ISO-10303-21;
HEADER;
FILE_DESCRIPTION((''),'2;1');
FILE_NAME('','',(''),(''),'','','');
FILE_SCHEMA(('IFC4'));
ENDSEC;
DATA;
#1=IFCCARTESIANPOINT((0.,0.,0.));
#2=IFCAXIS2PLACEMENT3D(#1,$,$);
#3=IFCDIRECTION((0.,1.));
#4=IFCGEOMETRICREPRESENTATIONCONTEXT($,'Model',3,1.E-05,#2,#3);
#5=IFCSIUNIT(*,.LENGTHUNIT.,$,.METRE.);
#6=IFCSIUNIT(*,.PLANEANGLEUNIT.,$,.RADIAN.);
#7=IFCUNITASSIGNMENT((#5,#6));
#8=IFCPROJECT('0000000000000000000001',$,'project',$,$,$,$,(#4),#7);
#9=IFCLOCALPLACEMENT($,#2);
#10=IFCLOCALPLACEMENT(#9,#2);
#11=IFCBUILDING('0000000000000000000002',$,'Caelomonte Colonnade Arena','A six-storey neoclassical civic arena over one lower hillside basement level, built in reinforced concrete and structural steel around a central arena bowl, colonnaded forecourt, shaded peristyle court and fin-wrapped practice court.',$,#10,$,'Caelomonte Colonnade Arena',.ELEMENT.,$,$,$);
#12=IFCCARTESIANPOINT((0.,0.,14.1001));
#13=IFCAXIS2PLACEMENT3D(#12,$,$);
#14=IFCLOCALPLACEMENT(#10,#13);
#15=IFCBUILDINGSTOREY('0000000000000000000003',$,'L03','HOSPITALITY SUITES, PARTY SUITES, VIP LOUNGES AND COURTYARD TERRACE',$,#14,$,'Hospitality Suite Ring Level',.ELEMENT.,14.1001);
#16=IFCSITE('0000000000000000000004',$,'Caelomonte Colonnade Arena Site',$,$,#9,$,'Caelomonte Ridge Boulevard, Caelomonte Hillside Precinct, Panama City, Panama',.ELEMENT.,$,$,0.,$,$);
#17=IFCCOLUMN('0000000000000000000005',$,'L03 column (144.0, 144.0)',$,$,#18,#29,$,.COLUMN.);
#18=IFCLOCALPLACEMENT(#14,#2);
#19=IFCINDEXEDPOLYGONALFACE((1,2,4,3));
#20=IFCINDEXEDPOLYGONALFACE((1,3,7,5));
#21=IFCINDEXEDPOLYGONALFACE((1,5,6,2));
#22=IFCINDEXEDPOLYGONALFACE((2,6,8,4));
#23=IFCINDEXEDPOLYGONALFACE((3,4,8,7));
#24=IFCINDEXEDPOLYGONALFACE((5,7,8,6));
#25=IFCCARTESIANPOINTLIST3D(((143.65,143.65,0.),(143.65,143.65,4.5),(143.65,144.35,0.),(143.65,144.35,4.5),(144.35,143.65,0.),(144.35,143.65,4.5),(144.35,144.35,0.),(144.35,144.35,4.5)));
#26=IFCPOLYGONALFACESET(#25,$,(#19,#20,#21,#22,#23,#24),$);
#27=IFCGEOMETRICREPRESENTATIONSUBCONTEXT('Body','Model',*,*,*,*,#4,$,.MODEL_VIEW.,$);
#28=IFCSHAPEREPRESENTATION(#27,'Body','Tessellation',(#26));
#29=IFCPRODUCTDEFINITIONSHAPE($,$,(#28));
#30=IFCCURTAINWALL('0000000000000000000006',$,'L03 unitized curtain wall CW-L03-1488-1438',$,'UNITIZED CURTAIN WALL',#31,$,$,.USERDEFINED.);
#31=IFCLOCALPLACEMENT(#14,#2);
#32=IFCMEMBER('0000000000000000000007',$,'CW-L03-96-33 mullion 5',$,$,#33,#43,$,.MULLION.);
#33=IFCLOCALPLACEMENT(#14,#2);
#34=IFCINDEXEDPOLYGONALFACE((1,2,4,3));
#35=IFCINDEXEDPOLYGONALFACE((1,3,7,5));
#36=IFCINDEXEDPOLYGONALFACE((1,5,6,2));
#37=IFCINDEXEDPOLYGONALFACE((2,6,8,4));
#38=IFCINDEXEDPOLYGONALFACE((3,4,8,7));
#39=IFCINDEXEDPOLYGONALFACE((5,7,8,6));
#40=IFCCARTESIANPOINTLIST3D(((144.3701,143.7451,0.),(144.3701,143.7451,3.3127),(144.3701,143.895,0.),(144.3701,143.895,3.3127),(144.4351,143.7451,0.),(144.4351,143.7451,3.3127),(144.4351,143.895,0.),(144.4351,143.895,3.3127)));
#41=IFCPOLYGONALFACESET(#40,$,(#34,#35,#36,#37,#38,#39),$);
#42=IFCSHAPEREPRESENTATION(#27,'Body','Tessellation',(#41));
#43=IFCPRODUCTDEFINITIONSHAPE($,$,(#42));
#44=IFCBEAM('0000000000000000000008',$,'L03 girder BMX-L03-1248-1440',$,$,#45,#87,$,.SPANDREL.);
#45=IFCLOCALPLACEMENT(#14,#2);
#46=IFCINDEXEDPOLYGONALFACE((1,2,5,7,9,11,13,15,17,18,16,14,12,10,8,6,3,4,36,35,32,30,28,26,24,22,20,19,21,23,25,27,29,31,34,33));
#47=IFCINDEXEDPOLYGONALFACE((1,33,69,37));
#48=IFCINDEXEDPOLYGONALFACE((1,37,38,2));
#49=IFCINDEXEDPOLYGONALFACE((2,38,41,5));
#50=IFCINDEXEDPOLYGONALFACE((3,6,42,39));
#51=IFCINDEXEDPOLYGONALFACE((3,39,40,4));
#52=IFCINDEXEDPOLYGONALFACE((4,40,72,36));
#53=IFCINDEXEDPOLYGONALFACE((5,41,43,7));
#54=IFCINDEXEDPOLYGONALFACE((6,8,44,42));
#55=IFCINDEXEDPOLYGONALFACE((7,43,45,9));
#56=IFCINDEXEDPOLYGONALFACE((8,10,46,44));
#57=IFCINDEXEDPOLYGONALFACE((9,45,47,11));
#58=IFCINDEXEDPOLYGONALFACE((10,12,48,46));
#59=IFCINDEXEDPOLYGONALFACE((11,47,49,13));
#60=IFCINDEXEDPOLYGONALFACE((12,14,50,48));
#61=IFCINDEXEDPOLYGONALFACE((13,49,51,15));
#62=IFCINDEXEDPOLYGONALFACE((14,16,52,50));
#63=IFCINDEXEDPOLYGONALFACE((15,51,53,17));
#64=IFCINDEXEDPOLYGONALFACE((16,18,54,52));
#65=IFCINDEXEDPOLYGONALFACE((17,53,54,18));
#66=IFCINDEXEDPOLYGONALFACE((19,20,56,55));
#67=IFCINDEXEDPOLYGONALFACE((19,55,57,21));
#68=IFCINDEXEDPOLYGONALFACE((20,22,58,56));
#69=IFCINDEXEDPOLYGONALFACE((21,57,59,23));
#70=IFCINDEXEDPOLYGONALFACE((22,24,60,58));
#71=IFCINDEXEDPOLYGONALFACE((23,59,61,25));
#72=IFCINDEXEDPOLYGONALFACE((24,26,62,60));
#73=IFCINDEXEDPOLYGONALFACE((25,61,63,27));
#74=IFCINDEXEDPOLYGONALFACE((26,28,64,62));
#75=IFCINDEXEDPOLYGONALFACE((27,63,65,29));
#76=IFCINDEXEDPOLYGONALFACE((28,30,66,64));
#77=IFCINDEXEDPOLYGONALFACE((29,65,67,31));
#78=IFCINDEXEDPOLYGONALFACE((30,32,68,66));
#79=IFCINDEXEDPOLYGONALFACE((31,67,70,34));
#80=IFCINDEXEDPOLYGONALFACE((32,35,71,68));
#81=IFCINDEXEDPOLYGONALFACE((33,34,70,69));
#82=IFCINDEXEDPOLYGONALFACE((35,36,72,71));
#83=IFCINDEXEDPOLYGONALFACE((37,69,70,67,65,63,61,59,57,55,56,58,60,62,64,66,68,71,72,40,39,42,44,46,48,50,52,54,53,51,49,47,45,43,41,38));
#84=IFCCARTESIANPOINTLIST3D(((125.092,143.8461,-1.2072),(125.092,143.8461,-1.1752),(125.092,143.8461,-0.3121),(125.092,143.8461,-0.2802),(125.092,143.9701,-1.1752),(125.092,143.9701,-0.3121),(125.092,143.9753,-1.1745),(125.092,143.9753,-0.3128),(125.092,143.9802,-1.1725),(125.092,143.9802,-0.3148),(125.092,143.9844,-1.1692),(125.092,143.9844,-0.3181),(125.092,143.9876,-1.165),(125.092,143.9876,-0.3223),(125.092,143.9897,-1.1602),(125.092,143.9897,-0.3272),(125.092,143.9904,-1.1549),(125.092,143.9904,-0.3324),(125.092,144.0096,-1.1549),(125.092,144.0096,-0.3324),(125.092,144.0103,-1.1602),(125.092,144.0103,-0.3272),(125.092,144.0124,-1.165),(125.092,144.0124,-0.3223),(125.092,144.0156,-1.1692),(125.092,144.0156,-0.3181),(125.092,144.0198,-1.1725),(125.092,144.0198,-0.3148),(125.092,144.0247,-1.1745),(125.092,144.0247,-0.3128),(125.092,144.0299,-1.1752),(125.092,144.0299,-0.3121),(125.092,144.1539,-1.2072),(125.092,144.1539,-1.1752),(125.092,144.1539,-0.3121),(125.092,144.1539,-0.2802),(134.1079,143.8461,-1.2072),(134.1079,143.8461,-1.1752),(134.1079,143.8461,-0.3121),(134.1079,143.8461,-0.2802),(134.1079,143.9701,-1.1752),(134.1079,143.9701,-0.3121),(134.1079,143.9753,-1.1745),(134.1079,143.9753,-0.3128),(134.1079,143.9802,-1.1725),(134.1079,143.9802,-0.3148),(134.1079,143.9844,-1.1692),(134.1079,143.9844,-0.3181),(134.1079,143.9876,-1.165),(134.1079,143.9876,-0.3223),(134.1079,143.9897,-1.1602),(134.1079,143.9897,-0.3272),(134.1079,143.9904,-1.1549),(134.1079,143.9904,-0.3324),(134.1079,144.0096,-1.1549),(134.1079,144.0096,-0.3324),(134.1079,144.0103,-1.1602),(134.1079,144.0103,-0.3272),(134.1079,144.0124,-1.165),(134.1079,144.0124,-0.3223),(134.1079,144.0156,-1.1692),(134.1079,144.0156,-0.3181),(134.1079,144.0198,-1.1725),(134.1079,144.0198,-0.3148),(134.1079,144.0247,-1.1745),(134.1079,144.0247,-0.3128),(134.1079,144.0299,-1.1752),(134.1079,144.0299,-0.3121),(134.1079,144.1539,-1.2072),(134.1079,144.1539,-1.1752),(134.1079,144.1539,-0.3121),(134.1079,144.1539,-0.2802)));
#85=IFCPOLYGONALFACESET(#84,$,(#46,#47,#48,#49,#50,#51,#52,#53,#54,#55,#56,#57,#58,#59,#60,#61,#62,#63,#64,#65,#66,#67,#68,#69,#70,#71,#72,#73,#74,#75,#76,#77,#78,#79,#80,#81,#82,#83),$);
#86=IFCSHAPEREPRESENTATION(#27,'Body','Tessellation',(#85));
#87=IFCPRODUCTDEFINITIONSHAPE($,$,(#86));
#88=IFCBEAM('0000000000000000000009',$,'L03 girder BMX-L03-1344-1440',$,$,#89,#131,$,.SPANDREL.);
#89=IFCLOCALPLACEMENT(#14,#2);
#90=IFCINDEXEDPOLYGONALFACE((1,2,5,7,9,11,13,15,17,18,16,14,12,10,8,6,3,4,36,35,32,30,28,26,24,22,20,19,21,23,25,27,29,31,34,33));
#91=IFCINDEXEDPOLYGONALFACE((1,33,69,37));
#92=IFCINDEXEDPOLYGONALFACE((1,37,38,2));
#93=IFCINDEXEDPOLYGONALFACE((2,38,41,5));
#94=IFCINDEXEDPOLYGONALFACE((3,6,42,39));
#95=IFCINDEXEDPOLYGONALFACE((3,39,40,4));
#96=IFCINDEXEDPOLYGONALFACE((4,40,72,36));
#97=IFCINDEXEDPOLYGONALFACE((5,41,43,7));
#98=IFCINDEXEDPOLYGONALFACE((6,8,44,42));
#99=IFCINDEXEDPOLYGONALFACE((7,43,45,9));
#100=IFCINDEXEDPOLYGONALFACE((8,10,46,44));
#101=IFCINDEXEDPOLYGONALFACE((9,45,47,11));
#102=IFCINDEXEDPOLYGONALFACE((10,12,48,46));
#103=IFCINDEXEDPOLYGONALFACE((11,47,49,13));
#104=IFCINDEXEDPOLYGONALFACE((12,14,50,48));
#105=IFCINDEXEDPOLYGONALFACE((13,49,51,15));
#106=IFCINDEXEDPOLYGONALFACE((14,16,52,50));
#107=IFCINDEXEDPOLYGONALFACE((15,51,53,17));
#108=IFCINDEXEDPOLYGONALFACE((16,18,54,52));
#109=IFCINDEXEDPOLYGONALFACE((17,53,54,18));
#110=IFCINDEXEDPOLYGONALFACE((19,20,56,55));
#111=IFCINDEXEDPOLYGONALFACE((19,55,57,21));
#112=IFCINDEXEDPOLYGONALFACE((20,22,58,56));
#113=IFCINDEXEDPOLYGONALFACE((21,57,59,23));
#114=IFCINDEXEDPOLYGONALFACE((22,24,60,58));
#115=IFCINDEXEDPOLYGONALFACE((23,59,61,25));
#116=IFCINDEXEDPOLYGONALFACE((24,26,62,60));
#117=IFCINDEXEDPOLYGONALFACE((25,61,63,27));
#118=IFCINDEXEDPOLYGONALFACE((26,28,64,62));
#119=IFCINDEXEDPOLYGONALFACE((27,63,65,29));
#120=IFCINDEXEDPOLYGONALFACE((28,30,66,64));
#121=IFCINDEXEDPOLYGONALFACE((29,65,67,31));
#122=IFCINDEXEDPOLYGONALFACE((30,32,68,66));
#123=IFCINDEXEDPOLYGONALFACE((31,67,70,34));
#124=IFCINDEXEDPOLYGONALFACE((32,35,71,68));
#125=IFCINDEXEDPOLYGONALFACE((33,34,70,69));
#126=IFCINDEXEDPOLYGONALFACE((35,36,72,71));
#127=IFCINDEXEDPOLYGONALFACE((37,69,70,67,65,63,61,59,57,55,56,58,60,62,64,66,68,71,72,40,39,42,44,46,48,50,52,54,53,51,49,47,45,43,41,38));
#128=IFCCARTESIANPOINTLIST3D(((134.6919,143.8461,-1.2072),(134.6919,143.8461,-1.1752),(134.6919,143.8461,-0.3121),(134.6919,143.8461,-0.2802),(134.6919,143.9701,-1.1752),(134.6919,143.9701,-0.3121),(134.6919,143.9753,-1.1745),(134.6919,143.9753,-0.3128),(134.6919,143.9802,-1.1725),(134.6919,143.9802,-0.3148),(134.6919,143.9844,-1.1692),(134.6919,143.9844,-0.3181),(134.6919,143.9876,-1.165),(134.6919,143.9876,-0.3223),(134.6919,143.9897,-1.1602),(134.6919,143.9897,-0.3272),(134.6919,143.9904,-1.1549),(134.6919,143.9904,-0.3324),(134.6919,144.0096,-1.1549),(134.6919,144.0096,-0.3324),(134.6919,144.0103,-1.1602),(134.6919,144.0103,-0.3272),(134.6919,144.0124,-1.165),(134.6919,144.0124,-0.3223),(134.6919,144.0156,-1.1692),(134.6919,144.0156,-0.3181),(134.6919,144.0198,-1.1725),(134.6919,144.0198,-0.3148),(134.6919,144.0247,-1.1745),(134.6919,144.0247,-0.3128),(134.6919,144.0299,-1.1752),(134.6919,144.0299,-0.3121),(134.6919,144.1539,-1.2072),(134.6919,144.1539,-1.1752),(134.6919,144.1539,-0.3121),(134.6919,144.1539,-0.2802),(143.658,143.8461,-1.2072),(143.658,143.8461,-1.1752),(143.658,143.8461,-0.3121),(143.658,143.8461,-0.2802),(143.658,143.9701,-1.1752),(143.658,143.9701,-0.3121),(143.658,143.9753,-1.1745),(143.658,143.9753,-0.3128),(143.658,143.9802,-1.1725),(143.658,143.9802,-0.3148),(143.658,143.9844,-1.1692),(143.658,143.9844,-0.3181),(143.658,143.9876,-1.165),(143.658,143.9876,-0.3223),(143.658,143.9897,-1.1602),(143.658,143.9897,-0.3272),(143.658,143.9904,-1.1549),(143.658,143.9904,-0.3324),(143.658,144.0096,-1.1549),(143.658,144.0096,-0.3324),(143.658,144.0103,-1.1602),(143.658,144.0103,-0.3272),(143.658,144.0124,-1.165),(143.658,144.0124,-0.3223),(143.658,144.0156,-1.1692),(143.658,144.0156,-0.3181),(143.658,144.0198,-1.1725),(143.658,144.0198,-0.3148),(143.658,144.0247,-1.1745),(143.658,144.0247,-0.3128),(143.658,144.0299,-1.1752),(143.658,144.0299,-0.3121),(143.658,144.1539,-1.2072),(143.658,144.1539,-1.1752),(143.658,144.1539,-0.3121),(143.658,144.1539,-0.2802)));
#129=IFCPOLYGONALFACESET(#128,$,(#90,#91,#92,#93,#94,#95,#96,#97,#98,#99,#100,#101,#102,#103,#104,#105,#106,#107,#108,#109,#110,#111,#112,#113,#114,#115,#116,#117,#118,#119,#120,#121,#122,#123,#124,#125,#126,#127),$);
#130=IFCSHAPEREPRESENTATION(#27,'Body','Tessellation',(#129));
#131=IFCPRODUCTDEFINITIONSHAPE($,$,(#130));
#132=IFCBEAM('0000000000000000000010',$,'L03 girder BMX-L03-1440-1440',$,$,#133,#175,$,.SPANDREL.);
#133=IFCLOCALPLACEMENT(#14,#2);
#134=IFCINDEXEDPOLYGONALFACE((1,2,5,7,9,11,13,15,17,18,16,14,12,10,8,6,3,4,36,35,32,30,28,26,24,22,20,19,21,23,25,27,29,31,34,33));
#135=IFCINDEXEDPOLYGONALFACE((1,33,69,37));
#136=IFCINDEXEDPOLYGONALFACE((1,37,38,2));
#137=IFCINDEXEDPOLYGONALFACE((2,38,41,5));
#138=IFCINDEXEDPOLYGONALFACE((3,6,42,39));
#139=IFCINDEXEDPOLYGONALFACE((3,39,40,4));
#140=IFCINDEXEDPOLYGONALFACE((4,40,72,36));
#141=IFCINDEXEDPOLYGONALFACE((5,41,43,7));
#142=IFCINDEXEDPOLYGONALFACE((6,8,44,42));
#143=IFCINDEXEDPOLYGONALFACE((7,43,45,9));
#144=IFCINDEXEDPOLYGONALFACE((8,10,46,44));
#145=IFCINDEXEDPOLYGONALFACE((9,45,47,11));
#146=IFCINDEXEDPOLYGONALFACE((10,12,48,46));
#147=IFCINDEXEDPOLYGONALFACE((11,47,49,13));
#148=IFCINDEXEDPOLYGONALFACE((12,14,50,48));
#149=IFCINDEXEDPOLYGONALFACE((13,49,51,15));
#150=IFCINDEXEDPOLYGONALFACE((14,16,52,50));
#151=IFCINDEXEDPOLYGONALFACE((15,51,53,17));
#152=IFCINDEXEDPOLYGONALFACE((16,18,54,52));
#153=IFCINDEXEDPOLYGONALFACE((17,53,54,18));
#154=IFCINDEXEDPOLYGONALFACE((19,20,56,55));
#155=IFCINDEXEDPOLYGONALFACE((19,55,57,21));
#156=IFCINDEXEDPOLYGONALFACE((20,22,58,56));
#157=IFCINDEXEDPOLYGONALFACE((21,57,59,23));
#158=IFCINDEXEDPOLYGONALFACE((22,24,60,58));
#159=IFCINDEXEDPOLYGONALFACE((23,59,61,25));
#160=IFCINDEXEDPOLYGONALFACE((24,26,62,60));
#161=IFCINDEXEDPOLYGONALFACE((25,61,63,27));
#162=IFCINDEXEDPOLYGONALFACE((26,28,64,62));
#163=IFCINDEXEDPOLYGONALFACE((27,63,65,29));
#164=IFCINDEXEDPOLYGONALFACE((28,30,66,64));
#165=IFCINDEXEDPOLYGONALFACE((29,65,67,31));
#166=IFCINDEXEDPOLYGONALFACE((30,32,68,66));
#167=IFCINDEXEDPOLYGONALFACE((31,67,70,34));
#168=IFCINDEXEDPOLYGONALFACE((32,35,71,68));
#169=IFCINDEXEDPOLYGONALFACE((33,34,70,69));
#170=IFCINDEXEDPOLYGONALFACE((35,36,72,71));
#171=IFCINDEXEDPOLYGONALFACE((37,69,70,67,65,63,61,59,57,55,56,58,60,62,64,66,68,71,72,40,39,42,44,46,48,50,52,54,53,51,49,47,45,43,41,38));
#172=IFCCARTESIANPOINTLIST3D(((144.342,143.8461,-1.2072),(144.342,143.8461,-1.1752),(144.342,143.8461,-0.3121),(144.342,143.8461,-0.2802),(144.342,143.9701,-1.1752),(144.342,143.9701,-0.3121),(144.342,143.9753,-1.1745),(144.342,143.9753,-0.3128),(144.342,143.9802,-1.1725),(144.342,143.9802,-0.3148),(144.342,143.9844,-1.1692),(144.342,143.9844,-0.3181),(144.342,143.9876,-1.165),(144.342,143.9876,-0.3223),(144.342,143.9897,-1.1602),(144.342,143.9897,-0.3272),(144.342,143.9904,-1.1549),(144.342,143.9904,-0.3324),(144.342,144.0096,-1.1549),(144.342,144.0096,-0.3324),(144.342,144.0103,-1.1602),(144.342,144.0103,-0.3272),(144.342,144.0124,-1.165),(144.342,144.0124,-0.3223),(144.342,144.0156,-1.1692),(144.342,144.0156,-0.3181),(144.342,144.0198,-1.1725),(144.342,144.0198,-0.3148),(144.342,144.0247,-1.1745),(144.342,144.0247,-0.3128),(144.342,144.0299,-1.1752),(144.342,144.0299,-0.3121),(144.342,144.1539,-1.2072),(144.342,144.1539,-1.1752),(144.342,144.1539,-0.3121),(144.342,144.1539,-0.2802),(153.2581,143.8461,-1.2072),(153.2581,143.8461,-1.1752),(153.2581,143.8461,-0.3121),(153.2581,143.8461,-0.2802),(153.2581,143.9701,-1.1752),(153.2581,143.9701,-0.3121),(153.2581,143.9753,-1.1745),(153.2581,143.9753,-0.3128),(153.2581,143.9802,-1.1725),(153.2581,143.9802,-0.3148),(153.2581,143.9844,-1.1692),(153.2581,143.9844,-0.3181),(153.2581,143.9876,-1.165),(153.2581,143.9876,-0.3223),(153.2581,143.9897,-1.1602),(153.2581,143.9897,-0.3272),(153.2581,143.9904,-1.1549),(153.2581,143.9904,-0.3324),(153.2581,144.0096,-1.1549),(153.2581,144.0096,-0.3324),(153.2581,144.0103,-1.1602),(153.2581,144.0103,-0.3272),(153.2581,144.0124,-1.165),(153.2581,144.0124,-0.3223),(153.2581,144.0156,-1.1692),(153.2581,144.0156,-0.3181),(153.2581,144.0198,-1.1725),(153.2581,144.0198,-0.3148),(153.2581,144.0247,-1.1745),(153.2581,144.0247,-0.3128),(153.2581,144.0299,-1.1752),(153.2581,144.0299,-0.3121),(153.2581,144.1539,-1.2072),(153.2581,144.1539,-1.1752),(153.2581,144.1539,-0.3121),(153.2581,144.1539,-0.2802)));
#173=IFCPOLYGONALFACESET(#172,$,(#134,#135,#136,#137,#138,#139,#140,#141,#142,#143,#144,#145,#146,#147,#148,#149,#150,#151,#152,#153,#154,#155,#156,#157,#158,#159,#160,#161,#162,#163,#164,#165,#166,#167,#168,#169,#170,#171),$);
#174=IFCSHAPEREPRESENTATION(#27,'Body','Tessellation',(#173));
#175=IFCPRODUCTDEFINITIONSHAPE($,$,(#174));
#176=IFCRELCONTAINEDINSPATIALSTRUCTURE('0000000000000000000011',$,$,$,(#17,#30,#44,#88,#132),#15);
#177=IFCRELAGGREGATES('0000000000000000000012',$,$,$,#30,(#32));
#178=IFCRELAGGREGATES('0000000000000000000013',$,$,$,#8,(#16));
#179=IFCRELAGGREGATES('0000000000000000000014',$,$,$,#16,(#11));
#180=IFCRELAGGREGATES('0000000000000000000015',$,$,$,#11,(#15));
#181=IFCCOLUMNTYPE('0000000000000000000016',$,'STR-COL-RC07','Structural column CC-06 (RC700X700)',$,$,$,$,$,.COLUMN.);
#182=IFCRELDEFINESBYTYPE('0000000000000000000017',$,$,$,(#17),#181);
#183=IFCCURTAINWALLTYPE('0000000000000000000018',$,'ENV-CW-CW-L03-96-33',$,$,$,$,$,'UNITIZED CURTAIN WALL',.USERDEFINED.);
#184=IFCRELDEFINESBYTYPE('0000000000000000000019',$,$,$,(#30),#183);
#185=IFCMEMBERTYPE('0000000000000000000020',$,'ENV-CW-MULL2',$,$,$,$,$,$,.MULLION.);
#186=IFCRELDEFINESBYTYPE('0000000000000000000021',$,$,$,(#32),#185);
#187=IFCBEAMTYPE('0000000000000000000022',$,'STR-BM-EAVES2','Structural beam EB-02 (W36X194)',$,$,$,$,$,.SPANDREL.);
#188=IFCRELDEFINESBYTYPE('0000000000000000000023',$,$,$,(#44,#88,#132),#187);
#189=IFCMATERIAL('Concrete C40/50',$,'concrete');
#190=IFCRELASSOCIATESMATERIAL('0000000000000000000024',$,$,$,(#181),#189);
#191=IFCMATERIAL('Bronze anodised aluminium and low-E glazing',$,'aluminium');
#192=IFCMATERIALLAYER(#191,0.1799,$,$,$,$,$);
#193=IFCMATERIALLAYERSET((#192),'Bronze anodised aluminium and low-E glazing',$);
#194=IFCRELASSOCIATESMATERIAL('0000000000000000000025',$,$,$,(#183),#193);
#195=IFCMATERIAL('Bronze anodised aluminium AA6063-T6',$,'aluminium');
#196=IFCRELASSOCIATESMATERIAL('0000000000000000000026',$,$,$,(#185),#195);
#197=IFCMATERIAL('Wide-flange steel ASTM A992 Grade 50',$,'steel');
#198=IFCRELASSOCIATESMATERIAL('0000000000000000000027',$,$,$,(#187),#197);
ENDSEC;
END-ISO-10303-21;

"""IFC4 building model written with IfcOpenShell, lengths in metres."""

from ifc_helpers import new_model, si_unit, direction, frame, origin, origin_2d, place, context, subcontext, project, spatial, rectangle, i_section, extrude, material, layer, layer_set, material_profile, profile_set, type_object, element, aggregate, save


model = new_model("IFC4")

# Units and contexts
model_context = context("Model", 3, precision=1e-05, world=origin(), true_north=direction((0.0, 1.0)))
body_context = subcontext(model_context, "Body", "Model", "MODEL_VIEW")
ifc_project = project(units=[si_unit("LENGTHUNIT", "METRE"), si_unit("PLANEANGLEUNIT", "RADIAN")], contexts=[model_context])

# Site, building, storey
site_placement = place(None, origin())
site = spatial("IfcSite", under=ifc_project, at=site_placement, Name="Caelomonte Colonnade Arena Site", LongName="Caelomonte Ridge Boulevard, Caelomonte Hillside Precinct, Panama City, Panama", CompositionType="ELEMENT", RefElevation=0.0)
building_placement = place(site_placement, origin())
building = spatial("IfcBuilding", under=site, at=building_placement, Name="Caelomonte Colonnade Arena", Description="A six-storey neoclassical civic arena over one lower hillside basement level, built in reinforced concrete and structural steel around a central arena bowl, colonnaded forecourt, shaded peristyle court and fin-wrapped practice court.", LongName="Caelomonte Colonnade Arena", CompositionType="ELEMENT")
storey_placement = place(building_placement, frame((0.0, 0.0, 14.1001)))
storey = spatial("IfcBuildingStorey", under=building, at=storey_placement, Name="L03", Description="HOSPITALITY SUITES, PARTY SUITES, VIP LOUNGES AND COURTYARD TERRACE", LongName="Hospitality Suite Ring Level", CompositionType="ELEMENT", Elevation=14.1001)

# Column
ifc_material_1 = material(Name="Concrete C40/50", Category="concrete")
ifc_material_profile_1 = material_profile(ifc_material_1, rectangle(XDim=0.7, YDim=0.7, at=origin_2d()), Name="RC700X700")
ifc_profile_set_1 = profile_set([ifc_material_profile_1], Name="Concrete C40/50")
column_type = type_object("IfcColumnType", Name="STR-COL-RC07", Description="Structural column CC-06 (RC700X700)", PredefinedType="COLUMN", material=ifc_profile_set_1)
column_placement = place(storey_placement, frame((144.0, 144.0, 0.0), z_axis=(0.0, 0.0, 1.0), x_axis=(1.0, 0.0, 0.0)))
element("IfcColumn", 1, at=column_placement, inside=storey, type_object=column_type, Name="L03 column (144.0, 144.0)", PredefinedType="COLUMN", context=body_context, shape_type="SweptSolid", body=[
    extrude(rectangle(XDim=0.7, YDim=0.7, at=origin_2d()), origin(), (0.0, 0.0, 1.0), 4.5),
])

# Curtain wall, member
ifc_material_2 = material(Name="Bronze anodised aluminium and low-E glazing", Category="aluminium")
ifc_layer_1 = layer(ifc_material_2, 0.1799)
ifc_layer_set_1 = layer_set([ifc_layer_1], Name="Bronze anodised aluminium and low-E glazing")
curtain_wall_type = type_object("IfcCurtainWallType", Name="ENV-CW-CW-L03-96-33", ElementType="UNITIZED CURTAIN WALL", PredefinedType="USERDEFINED", material=ifc_layer_set_1)
curtain_wall_placement = place(storey_placement, origin())
curtain_wall = element("IfcCurtainWall", 2, at=curtain_wall_placement, inside=storey, type_object=curtain_wall_type, Name="L03 unitized curtain wall CW-L03-1488-1438", ObjectType="UNITIZED CURTAIN WALL", PredefinedType="USERDEFINED")
ifc_material_3 = material(Name="Bronze anodised aluminium AA6063-T6", Category="aluminium")
ifc_material_profile_2 = material_profile(ifc_material_3, rectangle(XDim=0.0649, YDim=0.1499, at=origin_2d()), Name="CWM-65X150")
ifc_profile_set_2 = profile_set([ifc_material_profile_2], Name="Bronze anodised aluminium AA6063-T6")
member_type = type_object("IfcMemberType", Name="ENV-CW-MULL2", PredefinedType="MULLION", material=ifc_profile_set_2)
member_placement = place(storey_placement, frame((144.4026, 143.8201, 0.0), z_axis=(0.0, 0.0, 1.0), x_axis=(-1.0, 0.0, 0.0)))
member = element("IfcMember", 3, at=member_placement, type_object=member_type, Name="CW-L03-96-33 mullion 5", PredefinedType="MULLION", context=body_context, shape_type="SweptSolid", body=[
    extrude(rectangle(XDim=0.0649, YDim=0.1499, at=origin_2d()), origin(), (0.0, 0.0, 1.0), 3.3127),
])

# Beams
ifc_material_4 = material(Name="Wide-flange steel ASTM A992 Grade 50", Category="steel")
ifc_material_profile_3 = material_profile(ifc_material_4, i_section(OverallWidth=0.3079, OverallDepth=0.927, WebThickness=0.0193, FlangeThickness=0.032, FilletRadius=0.0203, at=origin_2d()), Name="W36X194")
ifc_profile_set_3 = profile_set([ifc_material_profile_3], Name="Wide-flange steel ASTM A992 Grade 50")
beam_type_1 = type_object("IfcBeamType", Name="STR-BM-EAVES2", Description="Structural beam EB-02 (W36X194)", PredefinedType="SPANDREL", material=ifc_profile_set_3)
beam_1_placement = place(storey_placement, frame((125.092, 144.0, -0.7437), z_axis=(1.0, 0.0, 0.0), x_axis=(0.0, 1.0, 0.0)))
element("IfcBeam", 4, at=beam_1_placement, inside=storey, type_object=beam_type_1, Name="L03 girder BMX-L03-1248-1440", PredefinedType="SPANDREL", context=body_context, shape_type="SweptSolid", body=[
    extrude(i_section(OverallWidth=0.3079, OverallDepth=0.927, WebThickness=0.0193, FlangeThickness=0.032, FilletRadius=0.0203, at=origin_2d()), origin(), (0.0, 0.0, 1.0), 9.0159),
])
beam_2_placement = place(storey_placement, frame((134.6919, 144.0, -0.7437), z_axis=(1.0, 0.0, 0.0), x_axis=(0.0, 1.0, 0.0)))
element("IfcBeam", 5, at=beam_2_placement, inside=storey, type_object=beam_type_1, Name="L03 girder BMX-L03-1344-1440", PredefinedType="SPANDREL", context=body_context, shape_type="SweptSolid", body=[
    extrude(i_section(OverallWidth=0.3079, OverallDepth=0.927, WebThickness=0.0193, FlangeThickness=0.032, FilletRadius=0.0203, at=origin_2d()), origin(), (0.0, 0.0, 1.0), 8.9661),
])
beam_3_placement = place(storey_placement, frame((144.342, 144.0, -0.7437), z_axis=(1.0, 0.0, 0.0), x_axis=(0.0, 1.0, 0.0)))
element("IfcBeam", 6, at=beam_3_placement, inside=storey, type_object=beam_type_1, Name="L03 girder BMX-L03-1440-1440", PredefinedType="SPANDREL", context=body_context, shape_type="SweptSolid", body=[
    extrude(i_section(OverallWidth=0.3079, OverallDepth=0.927, WebThickness=0.0193, FlangeThickness=0.032, FilletRadius=0.0203, at=origin_2d()), origin(), (0.0, 0.0, 1.0), 8.916),
])

aggregate(curtain_wall, [member])

save(model, "model.ifc")
